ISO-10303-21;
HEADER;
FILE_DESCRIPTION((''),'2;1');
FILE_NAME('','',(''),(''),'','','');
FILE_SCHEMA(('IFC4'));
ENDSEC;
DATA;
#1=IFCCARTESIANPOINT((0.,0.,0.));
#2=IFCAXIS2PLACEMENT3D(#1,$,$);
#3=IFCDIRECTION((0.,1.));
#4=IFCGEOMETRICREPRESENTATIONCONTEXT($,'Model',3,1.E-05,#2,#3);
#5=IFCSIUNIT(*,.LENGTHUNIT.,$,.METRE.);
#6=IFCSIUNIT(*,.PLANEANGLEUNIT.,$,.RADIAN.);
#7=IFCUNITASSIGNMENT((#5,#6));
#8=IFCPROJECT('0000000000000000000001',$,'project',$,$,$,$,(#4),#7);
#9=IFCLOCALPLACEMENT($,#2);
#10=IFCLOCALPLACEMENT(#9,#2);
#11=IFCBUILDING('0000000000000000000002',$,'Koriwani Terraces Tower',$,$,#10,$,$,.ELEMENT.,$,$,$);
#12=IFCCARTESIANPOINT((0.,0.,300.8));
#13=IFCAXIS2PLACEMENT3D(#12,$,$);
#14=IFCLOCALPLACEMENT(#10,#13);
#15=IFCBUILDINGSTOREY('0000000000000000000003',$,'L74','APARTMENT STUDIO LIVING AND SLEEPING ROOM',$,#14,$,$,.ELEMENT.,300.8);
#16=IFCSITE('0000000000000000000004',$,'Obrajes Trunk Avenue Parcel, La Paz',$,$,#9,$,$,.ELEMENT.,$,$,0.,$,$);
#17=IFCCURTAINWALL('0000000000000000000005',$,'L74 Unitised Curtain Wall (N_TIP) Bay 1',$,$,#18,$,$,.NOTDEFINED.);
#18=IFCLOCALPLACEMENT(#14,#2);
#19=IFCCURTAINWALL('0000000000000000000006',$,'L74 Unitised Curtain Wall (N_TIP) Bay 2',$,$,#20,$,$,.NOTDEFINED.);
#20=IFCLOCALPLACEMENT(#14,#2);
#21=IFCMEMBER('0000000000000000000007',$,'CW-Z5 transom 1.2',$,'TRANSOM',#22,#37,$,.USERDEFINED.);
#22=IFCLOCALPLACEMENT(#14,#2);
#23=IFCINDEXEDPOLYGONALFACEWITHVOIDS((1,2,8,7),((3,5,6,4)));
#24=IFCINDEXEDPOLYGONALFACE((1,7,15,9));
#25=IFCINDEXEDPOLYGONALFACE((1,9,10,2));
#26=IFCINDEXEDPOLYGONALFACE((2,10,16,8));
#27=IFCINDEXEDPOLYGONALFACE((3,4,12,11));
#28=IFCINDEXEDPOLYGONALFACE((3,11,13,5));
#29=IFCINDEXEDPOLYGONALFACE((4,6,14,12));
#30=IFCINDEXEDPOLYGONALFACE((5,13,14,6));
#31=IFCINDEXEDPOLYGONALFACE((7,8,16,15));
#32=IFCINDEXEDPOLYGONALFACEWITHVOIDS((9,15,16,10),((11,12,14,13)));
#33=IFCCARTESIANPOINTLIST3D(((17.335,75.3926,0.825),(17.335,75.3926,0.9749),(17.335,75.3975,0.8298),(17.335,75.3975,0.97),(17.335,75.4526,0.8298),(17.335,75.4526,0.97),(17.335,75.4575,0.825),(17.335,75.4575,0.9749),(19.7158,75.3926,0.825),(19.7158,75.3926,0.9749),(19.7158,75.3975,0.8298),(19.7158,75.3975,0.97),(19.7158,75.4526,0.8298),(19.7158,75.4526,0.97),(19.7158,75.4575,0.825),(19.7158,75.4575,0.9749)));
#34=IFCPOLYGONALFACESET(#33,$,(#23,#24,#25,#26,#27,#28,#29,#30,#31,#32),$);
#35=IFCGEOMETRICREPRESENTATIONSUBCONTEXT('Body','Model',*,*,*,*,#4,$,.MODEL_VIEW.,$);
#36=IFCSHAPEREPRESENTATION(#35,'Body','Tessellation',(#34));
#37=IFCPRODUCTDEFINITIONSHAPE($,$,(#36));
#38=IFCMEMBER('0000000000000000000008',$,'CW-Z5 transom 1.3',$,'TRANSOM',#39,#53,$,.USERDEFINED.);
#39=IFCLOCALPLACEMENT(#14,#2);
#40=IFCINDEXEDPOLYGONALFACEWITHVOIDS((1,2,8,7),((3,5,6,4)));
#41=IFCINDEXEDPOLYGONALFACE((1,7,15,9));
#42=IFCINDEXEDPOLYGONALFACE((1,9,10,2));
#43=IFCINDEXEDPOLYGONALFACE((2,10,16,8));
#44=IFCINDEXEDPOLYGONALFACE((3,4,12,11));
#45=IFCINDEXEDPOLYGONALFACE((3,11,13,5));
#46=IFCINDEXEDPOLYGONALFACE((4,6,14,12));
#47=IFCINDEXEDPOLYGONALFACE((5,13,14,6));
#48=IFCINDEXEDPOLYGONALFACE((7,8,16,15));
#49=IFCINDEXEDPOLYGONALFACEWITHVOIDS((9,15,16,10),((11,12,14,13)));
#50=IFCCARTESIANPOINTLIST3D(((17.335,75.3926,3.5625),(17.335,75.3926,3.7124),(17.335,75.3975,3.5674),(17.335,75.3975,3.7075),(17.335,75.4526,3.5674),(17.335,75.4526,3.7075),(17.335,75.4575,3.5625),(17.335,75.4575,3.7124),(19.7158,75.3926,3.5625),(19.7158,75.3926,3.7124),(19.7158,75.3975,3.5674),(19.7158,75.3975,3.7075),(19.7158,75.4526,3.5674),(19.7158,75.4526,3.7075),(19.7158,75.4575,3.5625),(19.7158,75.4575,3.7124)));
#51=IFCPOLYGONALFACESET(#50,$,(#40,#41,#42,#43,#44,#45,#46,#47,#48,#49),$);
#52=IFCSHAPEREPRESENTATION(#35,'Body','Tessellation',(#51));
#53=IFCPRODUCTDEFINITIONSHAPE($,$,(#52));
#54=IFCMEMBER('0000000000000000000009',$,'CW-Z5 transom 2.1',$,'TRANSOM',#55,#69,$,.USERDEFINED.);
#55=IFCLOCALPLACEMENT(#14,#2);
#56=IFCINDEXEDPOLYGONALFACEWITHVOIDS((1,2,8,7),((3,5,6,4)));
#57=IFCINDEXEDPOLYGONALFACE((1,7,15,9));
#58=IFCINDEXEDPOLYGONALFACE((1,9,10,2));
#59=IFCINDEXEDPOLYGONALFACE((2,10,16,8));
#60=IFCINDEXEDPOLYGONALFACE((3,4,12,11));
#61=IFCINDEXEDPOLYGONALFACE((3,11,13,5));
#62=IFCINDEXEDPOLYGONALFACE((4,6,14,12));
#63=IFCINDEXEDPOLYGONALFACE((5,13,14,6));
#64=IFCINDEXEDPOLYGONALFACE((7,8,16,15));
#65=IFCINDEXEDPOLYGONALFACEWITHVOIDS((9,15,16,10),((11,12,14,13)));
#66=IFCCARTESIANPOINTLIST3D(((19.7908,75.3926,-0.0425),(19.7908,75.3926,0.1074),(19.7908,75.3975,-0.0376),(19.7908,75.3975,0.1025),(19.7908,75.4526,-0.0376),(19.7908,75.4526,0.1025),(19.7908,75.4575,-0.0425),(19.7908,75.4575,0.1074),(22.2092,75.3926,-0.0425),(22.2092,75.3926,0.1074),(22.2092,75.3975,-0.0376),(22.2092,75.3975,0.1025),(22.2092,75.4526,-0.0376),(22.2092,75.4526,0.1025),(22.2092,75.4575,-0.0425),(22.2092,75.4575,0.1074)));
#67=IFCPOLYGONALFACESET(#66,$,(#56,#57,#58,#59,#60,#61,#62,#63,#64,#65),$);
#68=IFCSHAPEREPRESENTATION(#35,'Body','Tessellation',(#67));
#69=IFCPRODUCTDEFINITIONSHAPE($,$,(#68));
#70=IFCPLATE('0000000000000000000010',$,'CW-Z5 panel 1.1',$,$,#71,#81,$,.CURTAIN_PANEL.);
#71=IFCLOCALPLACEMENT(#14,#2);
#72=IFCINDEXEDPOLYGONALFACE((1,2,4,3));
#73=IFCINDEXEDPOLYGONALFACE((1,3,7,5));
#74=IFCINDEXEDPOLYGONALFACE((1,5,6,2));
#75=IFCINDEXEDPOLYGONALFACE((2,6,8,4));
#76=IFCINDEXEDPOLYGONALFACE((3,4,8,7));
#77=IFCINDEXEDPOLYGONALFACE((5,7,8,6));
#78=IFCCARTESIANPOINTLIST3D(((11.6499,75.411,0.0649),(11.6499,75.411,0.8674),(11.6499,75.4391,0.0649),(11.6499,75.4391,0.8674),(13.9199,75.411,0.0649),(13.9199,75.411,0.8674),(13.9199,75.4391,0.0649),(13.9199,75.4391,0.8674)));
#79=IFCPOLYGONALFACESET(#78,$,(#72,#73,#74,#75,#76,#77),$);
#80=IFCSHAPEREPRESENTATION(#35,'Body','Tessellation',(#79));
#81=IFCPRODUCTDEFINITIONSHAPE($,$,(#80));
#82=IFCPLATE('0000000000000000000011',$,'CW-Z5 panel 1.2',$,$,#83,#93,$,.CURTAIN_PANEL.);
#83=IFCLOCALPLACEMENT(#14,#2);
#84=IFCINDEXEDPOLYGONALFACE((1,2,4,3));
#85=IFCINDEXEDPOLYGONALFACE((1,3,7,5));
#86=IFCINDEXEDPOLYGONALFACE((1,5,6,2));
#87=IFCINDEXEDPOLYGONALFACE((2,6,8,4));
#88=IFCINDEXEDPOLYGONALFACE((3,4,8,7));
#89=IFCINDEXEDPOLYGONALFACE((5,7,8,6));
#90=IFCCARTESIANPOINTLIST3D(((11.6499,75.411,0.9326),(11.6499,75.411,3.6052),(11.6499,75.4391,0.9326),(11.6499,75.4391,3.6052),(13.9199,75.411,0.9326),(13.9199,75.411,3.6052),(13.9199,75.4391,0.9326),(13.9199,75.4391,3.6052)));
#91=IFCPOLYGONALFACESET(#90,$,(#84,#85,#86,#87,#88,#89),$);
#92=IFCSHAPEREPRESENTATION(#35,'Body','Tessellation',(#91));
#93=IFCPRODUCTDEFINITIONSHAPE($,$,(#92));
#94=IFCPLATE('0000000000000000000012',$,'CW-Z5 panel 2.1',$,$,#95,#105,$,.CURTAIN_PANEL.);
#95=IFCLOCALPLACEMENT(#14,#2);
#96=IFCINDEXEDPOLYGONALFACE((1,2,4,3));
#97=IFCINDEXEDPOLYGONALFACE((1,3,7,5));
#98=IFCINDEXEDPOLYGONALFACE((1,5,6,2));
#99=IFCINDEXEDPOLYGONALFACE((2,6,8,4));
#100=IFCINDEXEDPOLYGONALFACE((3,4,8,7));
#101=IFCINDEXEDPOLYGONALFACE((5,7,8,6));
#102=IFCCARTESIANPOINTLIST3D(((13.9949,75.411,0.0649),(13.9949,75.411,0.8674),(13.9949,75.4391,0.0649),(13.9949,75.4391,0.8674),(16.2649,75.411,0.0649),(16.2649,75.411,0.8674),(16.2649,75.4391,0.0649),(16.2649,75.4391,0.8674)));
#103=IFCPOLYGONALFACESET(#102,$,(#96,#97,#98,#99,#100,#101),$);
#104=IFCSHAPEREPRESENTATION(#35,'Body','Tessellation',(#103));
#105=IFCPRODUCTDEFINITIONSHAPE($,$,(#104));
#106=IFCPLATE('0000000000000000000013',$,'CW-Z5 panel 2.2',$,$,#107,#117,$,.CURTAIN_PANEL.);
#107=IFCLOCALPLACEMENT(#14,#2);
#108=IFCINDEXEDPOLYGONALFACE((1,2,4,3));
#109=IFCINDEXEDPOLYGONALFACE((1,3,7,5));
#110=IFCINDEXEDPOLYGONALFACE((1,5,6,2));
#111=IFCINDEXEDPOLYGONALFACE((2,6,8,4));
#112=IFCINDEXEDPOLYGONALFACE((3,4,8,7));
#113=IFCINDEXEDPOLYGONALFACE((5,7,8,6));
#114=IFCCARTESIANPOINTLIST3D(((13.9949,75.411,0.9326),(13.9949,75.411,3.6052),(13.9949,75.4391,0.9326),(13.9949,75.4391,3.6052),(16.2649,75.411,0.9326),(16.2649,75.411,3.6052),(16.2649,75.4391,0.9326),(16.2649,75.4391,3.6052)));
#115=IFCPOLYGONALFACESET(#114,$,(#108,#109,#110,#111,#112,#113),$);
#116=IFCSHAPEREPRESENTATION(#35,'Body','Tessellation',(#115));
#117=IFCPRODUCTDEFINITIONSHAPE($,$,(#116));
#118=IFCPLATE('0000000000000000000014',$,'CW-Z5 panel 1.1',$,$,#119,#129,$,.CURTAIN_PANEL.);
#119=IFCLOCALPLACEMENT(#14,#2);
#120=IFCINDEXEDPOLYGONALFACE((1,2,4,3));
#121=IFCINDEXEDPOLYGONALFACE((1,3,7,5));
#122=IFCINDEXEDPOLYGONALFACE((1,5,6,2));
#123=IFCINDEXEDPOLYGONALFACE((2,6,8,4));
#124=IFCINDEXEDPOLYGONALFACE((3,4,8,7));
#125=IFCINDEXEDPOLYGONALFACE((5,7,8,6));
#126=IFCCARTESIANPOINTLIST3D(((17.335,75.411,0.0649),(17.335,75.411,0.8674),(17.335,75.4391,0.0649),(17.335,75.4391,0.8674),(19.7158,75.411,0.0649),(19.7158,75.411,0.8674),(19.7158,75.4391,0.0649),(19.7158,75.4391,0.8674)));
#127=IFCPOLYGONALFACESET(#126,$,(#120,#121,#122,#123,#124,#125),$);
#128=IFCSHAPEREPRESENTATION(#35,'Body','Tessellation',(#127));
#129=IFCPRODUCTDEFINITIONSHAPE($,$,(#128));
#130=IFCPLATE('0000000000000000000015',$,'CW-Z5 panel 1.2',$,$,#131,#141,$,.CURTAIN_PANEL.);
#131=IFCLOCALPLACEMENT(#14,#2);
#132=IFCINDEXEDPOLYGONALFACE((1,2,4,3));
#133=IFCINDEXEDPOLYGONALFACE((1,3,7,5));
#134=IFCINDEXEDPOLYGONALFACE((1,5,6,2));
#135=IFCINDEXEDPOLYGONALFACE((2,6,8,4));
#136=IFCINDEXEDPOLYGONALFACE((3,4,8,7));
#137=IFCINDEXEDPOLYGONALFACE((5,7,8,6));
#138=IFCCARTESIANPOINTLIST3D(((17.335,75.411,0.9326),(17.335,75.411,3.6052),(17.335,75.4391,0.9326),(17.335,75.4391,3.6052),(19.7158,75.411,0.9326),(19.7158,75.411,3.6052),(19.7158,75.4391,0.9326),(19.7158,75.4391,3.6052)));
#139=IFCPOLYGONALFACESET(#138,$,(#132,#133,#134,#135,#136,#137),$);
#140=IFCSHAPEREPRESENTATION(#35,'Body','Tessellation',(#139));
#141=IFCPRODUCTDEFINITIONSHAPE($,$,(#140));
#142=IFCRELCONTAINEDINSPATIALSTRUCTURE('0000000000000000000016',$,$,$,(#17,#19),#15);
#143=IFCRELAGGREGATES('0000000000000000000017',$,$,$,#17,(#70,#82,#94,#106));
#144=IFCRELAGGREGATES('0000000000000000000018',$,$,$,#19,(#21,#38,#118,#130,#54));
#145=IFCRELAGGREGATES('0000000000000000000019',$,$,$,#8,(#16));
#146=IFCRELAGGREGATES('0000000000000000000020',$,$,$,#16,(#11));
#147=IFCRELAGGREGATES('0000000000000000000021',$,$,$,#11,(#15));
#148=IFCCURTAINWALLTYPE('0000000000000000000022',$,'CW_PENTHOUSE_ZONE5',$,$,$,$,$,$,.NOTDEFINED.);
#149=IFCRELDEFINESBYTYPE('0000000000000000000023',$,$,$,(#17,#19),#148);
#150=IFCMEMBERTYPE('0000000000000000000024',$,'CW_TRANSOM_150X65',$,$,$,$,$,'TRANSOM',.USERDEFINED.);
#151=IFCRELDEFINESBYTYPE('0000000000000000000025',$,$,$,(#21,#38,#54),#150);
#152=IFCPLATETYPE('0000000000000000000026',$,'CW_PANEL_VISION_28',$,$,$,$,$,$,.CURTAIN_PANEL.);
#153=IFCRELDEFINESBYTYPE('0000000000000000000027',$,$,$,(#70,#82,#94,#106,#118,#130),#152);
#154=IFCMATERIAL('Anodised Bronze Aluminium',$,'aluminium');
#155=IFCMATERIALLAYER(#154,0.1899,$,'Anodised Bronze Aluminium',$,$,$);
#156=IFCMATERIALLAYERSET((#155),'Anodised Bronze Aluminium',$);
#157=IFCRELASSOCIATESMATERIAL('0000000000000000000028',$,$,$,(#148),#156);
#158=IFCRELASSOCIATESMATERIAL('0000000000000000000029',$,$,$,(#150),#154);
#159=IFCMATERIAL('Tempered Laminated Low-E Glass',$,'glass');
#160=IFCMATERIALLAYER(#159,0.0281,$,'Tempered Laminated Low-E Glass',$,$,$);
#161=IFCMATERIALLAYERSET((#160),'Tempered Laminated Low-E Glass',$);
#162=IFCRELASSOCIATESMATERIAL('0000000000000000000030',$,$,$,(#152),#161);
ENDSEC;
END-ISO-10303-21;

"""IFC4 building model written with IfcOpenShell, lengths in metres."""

from ifc_helpers import new_model, si_unit, direction, frame, origin, origin_2d, place, context, subcontext, project, spatial, rectangle, hollow_rectangle, extrude, material, layer, layer_set, material_profile, profile_set, type_object, element, aggregate, save


model = new_model("IFC4")

# Units and contexts
model_context = context("Model", 3, precision=1e-05, world=origin(), true_north=direction((0.0, 1.0)))
body_context = subcontext(model_context, "Body", "Model", "MODEL_VIEW")
ifc_project = project(units=[si_unit("LENGTHUNIT", "METRE"), si_unit("PLANEANGLEUNIT", "RADIAN")], contexts=[model_context])

# Site, building, storey
site_placement = place(None, origin())
site = spatial("IfcSite", under=ifc_project, at=site_placement, Name="Obrajes Trunk Avenue Parcel, La Paz", CompositionType="ELEMENT", RefElevation=0.0)
building_placement = place(site_placement, origin())
building = spatial("IfcBuilding", under=site, at=building_placement, Name="Koriwani Terraces Tower", CompositionType="ELEMENT")
storey_placement = place(building_placement, frame((0.0, 0.0, 300.8)))
storey = spatial("IfcBuildingStorey", under=building, at=storey_placement, Name="L74", Description="APARTMENT STUDIO LIVING AND SLEEPING ROOM", CompositionType="ELEMENT", Elevation=300.8)

# Curtain walls
ifc_material_1 = material(Name="Anodised Bronze Aluminium", Category="aluminium")
ifc_layer_1 = layer(ifc_material_1, 0.1899, Name="Anodised Bronze Aluminium")
ifc_layer_set_1 = layer_set([ifc_layer_1], Name="Anodised Bronze Aluminium")
curtain_wall_type = type_object("IfcCurtainWallType", Name="CW_PENTHOUSE_ZONE5", PredefinedType="NOTDEFINED", material=ifc_layer_set_1)
curtain_wall_1_placement = place(storey_placement, origin())
curtain_wall_1 = element("IfcCurtainWall", 1, at=curtain_wall_1_placement, inside=storey, type_object=curtain_wall_type, Name="L74 Unitised Curtain Wall (N_TIP) Bay 1", PredefinedType="NOTDEFINED")
curtain_wall_2_placement = place(storey_placement, origin())
curtain_wall_2 = element("IfcCurtainWall", 2, at=curtain_wall_2_placement, inside=storey, type_object=curtain_wall_type, Name="L74 Unitised Curtain Wall (N_TIP) Bay 2", PredefinedType="NOTDEFINED")

# Members
ifc_material_profile_1 = material_profile(ifc_material_1, hollow_rectangle(XDim=0.0649, YDim=0.1499, WallThickness=0.0049, at=origin_2d()), Name="Anodised Bronze Aluminium", Category="LoadBearing")
ifc_profile_set_1 = profile_set([ifc_material_profile_1], Name="Anodised Bronze Aluminium")
member_type_1 = type_object("IfcMemberType", Name="CW_TRANSOM_150X65", ElementType="TRANSOM", PredefinedType="USERDEFINED", material=ifc_profile_set_1)
member_1_placement = place(storey_placement, frame((17.335, 75.425, 0.8999), z_axis=(1.0, 0.0, 0.0), x_axis=(0.0, 1.0, 0.0)))
member_1 = element("IfcMember", 3, at=member_1_placement, type_object=member_type_1, Name="CW-Z5 transom 1.2", ObjectType="TRANSOM", PredefinedType="USERDEFINED", context=body_context, shape_type="SweptSolid", body=[
    extrude(hollow_rectangle(XDim=0.0649, YDim=0.1499, WallThickness=0.0049, at=origin_2d()), origin(), (0.0, 0.0, 1.0), 2.3809),
])
member_2_placement = place(storey_placement, frame((17.335, 75.425, 3.6375), z_axis=(1.0, 0.0, 0.0), x_axis=(0.0, 1.0, 0.0)))
member_2 = element("IfcMember", 4, at=member_2_placement, type_object=member_type_1, Name="CW-Z5 transom 1.3", ObjectType="TRANSOM", PredefinedType="USERDEFINED", context=body_context, shape_type="SweptSolid", body=[
    extrude(hollow_rectangle(XDim=0.0649, YDim=0.1499, WallThickness=0.0049, at=origin_2d()), origin(), (0.0, 0.0, 1.0), 2.3809),
])
member_3_placement = place(storey_placement, frame((19.7908, 75.425, 0.0325), z_axis=(1.0, 0.0, 0.0), x_axis=(0.0, 1.0, 0.0)))
member_3 = element("IfcMember", 5, at=member_3_placement, type_object=member_type_1, Name="CW-Z5 transom 2.1", ObjectType="TRANSOM", PredefinedType="USERDEFINED", context=body_context, shape_type="SweptSolid", body=[
    extrude(hollow_rectangle(XDim=0.0649, YDim=0.1499, WallThickness=0.0049, at=origin_2d()), origin(), (0.0, 0.0, 1.0), 2.4185),
])

# Plates
ifc_material_2 = material(Name="Tempered Laminated Low-E Glass", Category="glass")
ifc_layer_2 = layer(ifc_material_2, 0.0281, Name="Tempered Laminated Low-E Glass")
ifc_layer_set_2 = layer_set([ifc_layer_2], Name="Tempered Laminated Low-E Glass")
plate_type = type_object("IfcPlateType", Name="CW_PANEL_VISION_28", PredefinedType="CURTAIN_PANEL", material=ifc_layer_set_2)
plate_1_placement = place(storey_placement, frame((12.7849, 75.425, 0.0649), z_axis=(0.0, 0.0, 1.0), x_axis=(1.0, 0.0, 0.0)))
plate_1 = element("IfcPlate", 6, at=plate_1_placement, type_object=plate_type, Name="CW-Z5 panel 1.1", PredefinedType="CURTAIN_PANEL", context=body_context, shape_type="SweptSolid", body=[
    extrude(rectangle(XDim=2.27, YDim=0.0281, at=origin_2d()), origin(), (0.0, 0.0, 1.0), 0.8025),
])
plate_2_placement = place(storey_placement, frame((12.7849, 75.425, 0.9326), z_axis=(0.0, 0.0, 1.0), x_axis=(1.0, 0.0, 0.0)))
plate_2 = element("IfcPlate", 7, at=plate_2_placement, type_object=plate_type, Name="CW-Z5 panel 1.2", PredefinedType="CURTAIN_PANEL", context=body_context, shape_type="SweptSolid", body=[
    extrude(rectangle(XDim=2.27, YDim=0.0281, at=origin_2d()), origin(), (0.0, 0.0, 1.0), 2.6726),
])
plate_3_placement = place(storey_placement, frame((15.1299, 75.425, 0.0649), z_axis=(0.0, 0.0, 1.0), x_axis=(1.0, 0.0, 0.0)))
plate_3 = element("IfcPlate", 8, at=plate_3_placement, type_object=plate_type, Name="CW-Z5 panel 2.1", PredefinedType="CURTAIN_PANEL", context=body_context, shape_type="SweptSolid", body=[
    extrude(rectangle(XDim=2.27, YDim=0.0281, at=origin_2d()), origin(), (0.0, 0.0, 1.0), 0.8025),
])
plate_4_placement = place(storey_placement, frame((15.1299, 75.425, 0.9326), z_axis=(0.0, 0.0, 1.0), x_axis=(1.0, 0.0, 0.0)))
plate_4 = element("IfcPlate", 9, at=plate_4_placement, type_object=plate_type, Name="CW-Z5 panel 2.2", PredefinedType="CURTAIN_PANEL", context=body_context, shape_type="SweptSolid", body=[
    extrude(rectangle(XDim=2.27, YDim=0.0281, at=origin_2d()), origin(), (0.0, 0.0, 1.0), 2.6726),
])
aggregate(curtain_wall_1, [plate_1, plate_2, plate_3, plate_4])
plate_5_placement = place(storey_placement, frame((18.5254, 75.425, 0.0649), z_axis=(0.0, 0.0, 1.0), x_axis=(1.0, 0.0, 0.0)))
plate_5 = element("IfcPlate", 10, at=plate_5_placement, type_object=plate_type, Name="CW-Z5 panel 1.1", PredefinedType="CURTAIN_PANEL", context=body_context, shape_type="SweptSolid", body=[
    extrude(rectangle(XDim=2.3809, YDim=0.0281, at=origin_2d()), origin(), (0.0, 0.0, 1.0), 0.8025),
])
plate_6_placement = place(storey_placement, frame((18.5254, 75.425, 0.9326), z_axis=(0.0, 0.0, 1.0), x_axis=(1.0, 0.0, 0.0)))
plate_6 = element("IfcPlate", 11, at=plate_6_placement, type_object=plate_type, Name="CW-Z5 panel 1.2", PredefinedType="CURTAIN_PANEL", context=body_context, shape_type="SweptSolid", body=[
    extrude(rectangle(XDim=2.3809, YDim=0.0281, at=origin_2d()), origin(), (0.0, 0.0, 1.0), 2.6726),
])
aggregate(curtain_wall_2, [member_1, member_2, plate_5, plate_6, member_3])

save(model, "model.ifc")
